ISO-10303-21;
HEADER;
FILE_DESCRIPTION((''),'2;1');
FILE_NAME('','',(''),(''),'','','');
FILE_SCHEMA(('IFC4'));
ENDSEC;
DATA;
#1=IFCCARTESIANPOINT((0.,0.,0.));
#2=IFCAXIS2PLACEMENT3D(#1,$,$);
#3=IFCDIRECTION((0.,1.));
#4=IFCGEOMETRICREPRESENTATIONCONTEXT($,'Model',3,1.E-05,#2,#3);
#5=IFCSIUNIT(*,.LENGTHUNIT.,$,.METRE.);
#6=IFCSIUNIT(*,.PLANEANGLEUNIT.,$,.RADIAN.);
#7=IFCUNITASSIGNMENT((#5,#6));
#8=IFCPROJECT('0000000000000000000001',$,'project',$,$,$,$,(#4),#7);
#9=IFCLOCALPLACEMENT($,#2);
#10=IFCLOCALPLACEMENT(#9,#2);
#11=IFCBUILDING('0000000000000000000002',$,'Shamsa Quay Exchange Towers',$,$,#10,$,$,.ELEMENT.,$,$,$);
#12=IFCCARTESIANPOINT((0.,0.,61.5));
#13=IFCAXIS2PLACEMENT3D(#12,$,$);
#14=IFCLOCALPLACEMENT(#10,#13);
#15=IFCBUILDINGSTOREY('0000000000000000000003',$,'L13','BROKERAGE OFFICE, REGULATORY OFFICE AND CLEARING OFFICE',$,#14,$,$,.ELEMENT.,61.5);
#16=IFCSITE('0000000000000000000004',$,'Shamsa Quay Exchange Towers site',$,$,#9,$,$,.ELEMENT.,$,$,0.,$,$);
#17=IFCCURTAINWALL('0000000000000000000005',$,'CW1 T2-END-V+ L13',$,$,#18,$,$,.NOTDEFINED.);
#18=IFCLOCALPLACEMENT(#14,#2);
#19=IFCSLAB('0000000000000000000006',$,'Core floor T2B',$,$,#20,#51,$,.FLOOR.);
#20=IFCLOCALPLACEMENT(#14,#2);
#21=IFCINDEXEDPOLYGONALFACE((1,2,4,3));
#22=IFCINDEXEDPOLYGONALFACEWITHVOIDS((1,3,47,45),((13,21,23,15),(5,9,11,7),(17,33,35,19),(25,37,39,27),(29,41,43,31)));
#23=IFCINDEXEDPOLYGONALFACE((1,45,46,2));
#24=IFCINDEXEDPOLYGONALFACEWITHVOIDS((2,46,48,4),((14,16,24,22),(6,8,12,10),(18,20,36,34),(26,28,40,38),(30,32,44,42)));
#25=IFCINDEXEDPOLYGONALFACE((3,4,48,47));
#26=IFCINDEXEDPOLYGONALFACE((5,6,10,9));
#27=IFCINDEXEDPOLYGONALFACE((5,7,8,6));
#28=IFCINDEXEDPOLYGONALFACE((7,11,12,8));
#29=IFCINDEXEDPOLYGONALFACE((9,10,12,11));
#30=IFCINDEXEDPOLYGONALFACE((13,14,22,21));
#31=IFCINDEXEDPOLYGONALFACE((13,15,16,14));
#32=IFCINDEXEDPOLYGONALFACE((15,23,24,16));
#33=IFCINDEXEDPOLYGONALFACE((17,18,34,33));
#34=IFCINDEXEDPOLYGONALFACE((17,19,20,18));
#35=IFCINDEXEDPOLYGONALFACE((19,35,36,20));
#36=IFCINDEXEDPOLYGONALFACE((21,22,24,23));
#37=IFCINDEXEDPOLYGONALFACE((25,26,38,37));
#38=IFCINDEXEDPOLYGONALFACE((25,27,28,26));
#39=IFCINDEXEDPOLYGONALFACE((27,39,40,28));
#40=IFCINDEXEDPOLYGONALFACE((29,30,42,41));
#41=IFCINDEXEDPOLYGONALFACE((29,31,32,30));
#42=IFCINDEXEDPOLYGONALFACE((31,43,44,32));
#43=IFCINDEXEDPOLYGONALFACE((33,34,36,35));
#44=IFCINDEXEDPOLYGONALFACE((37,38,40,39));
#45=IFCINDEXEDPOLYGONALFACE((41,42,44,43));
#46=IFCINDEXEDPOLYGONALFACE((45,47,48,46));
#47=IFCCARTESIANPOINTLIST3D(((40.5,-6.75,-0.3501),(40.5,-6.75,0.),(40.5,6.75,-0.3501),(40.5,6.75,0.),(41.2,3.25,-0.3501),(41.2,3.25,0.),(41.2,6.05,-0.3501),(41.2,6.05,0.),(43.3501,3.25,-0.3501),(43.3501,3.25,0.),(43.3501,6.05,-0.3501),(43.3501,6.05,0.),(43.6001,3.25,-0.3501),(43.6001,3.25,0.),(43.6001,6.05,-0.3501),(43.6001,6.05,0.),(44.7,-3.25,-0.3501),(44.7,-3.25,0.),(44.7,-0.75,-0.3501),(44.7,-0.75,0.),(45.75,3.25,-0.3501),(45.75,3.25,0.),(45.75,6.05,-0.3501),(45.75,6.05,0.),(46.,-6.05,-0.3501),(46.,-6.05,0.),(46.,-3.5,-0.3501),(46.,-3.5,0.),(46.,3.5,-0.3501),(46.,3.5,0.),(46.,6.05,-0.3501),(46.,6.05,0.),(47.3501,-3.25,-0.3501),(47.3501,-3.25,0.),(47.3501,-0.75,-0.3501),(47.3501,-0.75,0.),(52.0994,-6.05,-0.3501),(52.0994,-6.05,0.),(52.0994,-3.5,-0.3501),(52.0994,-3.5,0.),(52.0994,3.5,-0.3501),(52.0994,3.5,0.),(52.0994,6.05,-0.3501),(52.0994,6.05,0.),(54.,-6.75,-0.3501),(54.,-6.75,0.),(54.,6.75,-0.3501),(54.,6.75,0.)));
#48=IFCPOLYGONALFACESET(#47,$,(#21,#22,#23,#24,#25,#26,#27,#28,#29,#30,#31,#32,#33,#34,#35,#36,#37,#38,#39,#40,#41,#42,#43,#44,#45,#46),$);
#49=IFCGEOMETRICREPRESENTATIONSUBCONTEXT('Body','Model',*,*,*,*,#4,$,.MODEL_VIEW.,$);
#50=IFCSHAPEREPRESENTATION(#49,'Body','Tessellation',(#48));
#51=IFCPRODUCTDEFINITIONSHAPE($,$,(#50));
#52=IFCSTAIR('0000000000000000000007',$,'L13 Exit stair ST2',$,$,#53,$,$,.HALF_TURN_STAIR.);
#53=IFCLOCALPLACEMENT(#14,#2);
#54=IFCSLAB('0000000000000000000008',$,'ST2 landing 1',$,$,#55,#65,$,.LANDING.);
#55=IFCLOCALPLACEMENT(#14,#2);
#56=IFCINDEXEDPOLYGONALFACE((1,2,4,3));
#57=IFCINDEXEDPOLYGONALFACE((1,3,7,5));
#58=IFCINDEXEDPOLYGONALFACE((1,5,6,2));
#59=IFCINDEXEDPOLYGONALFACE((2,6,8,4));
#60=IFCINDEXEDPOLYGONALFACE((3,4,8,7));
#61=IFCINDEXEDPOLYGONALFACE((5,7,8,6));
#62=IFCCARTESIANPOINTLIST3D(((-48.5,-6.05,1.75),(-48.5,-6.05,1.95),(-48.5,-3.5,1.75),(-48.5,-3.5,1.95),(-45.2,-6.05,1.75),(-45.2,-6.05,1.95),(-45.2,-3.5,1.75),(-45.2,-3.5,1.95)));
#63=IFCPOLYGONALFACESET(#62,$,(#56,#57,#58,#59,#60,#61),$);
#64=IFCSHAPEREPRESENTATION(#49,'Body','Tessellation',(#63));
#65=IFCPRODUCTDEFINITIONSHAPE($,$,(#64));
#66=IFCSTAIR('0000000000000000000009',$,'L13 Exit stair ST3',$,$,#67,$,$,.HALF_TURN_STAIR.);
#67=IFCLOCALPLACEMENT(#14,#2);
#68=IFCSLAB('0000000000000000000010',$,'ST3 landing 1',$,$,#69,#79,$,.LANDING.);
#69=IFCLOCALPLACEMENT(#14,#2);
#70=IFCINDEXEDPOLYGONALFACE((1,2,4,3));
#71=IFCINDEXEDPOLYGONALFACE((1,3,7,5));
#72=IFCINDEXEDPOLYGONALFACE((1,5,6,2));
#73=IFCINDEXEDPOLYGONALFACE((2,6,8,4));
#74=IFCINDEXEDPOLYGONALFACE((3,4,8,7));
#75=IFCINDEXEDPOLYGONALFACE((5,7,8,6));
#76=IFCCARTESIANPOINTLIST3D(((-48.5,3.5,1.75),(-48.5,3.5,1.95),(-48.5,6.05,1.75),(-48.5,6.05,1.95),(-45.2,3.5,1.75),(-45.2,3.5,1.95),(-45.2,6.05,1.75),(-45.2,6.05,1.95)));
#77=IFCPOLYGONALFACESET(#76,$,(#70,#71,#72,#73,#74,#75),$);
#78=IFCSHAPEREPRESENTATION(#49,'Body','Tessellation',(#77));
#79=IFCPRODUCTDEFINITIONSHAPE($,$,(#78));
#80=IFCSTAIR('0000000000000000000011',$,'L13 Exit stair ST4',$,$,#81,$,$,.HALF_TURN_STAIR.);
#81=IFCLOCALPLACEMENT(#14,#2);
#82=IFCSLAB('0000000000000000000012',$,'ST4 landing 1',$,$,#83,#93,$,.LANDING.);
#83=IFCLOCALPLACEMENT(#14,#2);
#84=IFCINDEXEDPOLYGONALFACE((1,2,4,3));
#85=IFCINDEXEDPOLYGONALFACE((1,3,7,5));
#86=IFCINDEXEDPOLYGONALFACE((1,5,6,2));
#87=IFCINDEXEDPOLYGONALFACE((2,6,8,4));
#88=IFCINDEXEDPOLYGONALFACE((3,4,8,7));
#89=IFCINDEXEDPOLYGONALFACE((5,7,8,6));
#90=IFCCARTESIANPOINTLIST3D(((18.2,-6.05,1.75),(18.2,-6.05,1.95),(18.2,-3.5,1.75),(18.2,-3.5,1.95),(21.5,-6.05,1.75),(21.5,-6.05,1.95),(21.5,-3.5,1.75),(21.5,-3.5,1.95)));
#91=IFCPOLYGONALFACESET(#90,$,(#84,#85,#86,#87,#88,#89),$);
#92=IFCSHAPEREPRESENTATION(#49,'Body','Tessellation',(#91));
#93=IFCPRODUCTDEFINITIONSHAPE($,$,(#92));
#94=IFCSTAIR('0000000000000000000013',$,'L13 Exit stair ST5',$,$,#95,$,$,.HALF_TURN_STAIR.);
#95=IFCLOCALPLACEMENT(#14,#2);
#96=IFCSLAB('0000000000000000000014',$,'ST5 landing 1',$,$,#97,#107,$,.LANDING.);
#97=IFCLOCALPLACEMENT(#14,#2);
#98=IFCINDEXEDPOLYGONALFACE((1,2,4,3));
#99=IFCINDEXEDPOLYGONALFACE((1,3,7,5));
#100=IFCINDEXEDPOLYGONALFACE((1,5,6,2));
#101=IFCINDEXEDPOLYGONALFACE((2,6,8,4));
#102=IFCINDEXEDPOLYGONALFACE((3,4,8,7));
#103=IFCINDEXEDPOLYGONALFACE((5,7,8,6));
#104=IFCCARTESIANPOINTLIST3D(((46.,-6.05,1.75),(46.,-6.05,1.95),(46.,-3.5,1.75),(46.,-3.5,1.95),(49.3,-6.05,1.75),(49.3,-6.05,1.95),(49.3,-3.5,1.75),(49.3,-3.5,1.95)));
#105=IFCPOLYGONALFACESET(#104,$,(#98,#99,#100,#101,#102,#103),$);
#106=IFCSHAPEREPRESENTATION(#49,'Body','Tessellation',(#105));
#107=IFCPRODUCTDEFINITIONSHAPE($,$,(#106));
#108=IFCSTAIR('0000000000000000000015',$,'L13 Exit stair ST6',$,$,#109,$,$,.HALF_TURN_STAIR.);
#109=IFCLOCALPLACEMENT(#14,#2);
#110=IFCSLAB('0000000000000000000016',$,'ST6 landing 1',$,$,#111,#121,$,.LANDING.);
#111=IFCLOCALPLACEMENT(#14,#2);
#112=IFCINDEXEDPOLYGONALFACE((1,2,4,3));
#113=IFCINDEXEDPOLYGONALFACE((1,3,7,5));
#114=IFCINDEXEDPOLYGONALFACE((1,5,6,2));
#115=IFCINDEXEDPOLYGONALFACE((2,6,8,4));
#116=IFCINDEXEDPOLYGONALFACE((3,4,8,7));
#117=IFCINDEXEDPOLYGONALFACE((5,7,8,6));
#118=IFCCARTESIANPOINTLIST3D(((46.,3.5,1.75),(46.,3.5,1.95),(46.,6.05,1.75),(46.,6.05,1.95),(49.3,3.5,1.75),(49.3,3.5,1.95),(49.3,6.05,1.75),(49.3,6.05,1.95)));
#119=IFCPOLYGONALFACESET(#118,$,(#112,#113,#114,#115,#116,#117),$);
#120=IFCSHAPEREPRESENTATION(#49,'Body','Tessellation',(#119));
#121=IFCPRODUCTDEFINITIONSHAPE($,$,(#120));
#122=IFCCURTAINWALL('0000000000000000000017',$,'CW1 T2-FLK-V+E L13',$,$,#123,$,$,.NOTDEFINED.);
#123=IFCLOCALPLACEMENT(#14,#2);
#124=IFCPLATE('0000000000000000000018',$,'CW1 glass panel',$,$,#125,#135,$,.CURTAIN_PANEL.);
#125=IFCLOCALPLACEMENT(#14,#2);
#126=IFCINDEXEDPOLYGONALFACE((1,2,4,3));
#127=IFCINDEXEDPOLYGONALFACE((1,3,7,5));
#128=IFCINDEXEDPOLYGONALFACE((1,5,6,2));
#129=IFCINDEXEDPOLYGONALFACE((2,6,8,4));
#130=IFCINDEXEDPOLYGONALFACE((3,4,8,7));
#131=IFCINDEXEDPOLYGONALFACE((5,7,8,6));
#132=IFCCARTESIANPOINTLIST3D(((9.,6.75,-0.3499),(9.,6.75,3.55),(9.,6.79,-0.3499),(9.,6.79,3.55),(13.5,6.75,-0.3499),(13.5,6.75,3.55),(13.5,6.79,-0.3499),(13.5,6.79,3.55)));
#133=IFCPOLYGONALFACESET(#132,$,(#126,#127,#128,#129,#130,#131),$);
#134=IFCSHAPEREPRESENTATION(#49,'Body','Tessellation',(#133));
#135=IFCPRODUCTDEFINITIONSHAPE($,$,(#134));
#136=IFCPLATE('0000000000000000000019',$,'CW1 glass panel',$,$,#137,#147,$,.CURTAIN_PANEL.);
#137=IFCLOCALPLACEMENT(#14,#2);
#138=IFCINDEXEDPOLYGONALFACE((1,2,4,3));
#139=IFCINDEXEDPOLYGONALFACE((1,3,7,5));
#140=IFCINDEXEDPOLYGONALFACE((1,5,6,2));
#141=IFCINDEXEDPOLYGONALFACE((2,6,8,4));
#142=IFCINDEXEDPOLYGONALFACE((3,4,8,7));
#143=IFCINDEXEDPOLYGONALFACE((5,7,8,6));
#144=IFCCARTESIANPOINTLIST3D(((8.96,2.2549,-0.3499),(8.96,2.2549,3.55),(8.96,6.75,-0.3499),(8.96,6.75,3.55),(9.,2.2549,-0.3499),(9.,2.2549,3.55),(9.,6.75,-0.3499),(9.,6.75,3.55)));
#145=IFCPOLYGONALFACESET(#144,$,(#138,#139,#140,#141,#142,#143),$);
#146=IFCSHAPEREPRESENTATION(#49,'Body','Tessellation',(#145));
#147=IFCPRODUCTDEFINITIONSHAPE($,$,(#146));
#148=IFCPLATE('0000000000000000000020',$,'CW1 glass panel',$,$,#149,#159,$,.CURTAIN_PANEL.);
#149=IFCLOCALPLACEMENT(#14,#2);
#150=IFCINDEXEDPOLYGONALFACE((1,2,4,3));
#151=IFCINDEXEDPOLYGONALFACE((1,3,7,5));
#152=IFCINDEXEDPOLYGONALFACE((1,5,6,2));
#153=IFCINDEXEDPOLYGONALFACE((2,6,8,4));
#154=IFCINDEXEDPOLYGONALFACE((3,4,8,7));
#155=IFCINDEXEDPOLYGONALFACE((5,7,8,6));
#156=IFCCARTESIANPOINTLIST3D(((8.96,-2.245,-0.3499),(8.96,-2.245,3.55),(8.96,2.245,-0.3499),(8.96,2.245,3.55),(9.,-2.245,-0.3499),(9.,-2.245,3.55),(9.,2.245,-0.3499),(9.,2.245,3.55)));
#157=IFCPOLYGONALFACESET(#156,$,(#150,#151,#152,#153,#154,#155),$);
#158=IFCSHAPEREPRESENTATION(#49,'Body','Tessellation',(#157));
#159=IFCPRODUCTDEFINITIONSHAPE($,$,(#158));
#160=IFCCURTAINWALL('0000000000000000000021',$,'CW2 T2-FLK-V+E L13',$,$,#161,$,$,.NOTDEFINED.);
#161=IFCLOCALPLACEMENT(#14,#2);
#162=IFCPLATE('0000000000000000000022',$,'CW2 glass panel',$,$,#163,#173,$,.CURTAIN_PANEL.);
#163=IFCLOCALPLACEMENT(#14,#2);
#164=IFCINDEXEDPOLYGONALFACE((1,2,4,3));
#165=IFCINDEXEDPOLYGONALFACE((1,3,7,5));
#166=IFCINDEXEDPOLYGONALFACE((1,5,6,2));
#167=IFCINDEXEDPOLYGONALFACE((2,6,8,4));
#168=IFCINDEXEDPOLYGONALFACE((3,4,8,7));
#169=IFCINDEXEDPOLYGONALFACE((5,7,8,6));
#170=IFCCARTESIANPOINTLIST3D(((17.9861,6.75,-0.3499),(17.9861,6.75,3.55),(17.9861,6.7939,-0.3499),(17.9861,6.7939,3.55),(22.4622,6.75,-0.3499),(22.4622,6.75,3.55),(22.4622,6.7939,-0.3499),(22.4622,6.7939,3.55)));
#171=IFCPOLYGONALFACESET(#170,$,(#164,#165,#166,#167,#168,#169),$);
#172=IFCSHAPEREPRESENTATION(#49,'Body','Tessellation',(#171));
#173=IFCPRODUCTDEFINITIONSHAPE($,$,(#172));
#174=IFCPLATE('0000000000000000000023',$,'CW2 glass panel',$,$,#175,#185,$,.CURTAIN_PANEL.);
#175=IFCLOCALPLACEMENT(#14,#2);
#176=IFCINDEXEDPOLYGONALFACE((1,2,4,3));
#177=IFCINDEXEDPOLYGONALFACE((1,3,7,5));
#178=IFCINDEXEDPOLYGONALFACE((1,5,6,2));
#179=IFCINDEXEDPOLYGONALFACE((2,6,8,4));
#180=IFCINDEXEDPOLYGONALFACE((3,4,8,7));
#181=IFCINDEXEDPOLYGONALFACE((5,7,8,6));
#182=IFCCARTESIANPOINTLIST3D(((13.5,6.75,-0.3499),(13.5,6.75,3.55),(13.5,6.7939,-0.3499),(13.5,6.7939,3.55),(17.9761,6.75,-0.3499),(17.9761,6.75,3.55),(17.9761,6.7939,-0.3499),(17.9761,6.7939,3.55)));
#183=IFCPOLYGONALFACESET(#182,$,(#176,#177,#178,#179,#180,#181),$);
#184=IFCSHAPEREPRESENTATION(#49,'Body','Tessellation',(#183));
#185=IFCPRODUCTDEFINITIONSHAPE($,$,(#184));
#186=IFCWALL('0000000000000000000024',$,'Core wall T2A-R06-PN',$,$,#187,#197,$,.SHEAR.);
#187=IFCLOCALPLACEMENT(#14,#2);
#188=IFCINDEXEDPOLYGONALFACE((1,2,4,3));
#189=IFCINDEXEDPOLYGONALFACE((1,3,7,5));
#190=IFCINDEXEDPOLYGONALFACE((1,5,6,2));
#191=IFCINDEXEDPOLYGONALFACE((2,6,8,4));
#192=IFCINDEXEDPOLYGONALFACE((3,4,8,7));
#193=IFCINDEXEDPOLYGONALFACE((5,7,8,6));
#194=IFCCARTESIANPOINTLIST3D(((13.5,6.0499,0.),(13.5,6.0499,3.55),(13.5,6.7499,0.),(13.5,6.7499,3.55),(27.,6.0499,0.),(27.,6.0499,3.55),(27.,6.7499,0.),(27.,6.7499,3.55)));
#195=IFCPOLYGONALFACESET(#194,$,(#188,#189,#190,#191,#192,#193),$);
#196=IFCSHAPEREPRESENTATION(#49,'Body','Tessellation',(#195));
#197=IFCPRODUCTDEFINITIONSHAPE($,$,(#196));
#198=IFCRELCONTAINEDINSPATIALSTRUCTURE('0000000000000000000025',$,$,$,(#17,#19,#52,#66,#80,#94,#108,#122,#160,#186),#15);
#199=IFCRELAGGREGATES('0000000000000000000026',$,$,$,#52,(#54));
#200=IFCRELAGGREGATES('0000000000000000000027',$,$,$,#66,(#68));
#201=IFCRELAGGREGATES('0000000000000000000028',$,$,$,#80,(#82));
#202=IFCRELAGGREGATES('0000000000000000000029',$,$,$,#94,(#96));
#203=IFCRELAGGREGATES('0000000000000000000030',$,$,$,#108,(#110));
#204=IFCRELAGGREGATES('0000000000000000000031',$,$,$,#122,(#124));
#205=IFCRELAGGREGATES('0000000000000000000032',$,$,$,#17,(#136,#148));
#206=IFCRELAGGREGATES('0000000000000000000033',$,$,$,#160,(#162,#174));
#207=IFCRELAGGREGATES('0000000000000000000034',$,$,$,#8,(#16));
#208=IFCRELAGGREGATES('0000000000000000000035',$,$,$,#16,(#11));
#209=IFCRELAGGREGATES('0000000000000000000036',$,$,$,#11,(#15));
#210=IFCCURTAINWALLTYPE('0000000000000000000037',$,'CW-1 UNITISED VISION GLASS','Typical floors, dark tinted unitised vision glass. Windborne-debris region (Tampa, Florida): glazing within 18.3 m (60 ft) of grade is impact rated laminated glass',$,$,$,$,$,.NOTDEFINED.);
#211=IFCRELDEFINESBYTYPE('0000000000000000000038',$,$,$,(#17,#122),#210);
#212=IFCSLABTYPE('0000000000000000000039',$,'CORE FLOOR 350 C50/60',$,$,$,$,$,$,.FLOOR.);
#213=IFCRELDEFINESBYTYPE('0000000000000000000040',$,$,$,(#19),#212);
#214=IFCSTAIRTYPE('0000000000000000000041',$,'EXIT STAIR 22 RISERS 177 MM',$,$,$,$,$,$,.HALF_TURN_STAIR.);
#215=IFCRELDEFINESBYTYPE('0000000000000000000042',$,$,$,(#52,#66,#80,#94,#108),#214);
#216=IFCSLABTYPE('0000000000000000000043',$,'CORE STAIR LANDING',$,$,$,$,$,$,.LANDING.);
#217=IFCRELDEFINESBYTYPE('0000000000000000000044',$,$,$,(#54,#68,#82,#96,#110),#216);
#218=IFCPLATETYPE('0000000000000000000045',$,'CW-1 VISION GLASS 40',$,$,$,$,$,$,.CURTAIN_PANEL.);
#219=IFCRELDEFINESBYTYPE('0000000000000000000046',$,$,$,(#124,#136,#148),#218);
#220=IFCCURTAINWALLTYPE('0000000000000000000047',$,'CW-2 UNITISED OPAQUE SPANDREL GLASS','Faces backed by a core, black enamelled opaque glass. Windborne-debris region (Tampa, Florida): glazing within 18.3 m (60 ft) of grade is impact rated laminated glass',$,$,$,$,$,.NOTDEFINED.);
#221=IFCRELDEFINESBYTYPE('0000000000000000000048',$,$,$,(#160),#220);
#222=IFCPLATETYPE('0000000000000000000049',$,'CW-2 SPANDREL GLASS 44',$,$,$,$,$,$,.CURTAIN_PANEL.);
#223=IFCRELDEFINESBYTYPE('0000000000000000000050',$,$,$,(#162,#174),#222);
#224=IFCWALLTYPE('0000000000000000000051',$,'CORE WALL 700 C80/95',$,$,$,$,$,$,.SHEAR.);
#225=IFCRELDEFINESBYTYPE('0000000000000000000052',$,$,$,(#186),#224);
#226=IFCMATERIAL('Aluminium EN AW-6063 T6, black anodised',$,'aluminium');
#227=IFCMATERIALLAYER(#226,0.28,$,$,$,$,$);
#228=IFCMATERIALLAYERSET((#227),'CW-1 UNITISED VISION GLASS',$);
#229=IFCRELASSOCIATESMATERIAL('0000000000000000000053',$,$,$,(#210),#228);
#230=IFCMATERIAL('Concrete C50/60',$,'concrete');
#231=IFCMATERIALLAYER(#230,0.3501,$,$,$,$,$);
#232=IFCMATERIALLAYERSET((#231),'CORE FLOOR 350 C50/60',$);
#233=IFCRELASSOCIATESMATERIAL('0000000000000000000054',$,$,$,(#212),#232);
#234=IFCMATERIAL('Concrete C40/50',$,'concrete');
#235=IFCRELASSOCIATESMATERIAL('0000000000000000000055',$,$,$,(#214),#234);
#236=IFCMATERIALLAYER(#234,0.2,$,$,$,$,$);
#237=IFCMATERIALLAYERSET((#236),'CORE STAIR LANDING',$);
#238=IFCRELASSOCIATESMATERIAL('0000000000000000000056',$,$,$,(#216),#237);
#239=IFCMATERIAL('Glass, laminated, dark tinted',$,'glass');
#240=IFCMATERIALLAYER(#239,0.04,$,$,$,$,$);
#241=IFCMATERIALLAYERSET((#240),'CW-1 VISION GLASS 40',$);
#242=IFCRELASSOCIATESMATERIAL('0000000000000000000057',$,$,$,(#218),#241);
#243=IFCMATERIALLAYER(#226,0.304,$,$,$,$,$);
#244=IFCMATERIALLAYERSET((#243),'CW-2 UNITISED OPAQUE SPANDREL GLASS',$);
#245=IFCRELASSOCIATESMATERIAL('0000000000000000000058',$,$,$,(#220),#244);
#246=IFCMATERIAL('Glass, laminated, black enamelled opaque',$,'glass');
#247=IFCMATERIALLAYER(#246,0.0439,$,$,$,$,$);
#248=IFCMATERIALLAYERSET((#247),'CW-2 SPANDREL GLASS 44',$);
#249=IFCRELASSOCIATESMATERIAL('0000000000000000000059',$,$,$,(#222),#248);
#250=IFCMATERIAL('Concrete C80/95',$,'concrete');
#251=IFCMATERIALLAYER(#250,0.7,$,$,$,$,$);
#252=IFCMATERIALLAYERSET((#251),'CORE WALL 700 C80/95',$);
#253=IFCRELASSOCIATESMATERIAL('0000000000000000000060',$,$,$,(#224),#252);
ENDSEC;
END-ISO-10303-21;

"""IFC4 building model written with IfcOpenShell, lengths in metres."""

from ifc_helpers import new_model, si_unit, direction, frame, frame_2d, origin, origin_2d, place, context, subcontext, project, spatial, polyline, rectangle, outline, extrude, material, layer, layer_set, type_object, element, aggregate, save


model = new_model("IFC4")

# Units and contexts
model_context = context("Model", 3, precision=1e-05, world=origin(), true_north=direction((0.0, 1.0)))
body_context = subcontext(model_context, "Body", "Model", "MODEL_VIEW")
ifc_project = project(units=[si_unit("LENGTHUNIT", "METRE"), si_unit("PLANEANGLEUNIT", "RADIAN")], contexts=[model_context])

# Site, building, storey
site_placement = place(None, origin())
site = spatial("IfcSite", under=ifc_project, at=site_placement, Name="Shamsa Quay Exchange Towers site", CompositionType="ELEMENT", RefElevation=0.0)
building_placement = place(site_placement, origin())
building = spatial("IfcBuilding", under=site, at=building_placement, Name="Shamsa Quay Exchange Towers", CompositionType="ELEMENT")
storey_placement = place(building_placement, frame((0.0, 0.0, 61.5)))
storey = spatial("IfcBuildingStorey", under=building, at=storey_placement, Name="L13", Description="BROKERAGE OFFICE, REGULATORY OFFICE AND CLEARING OFFICE", CompositionType="ELEMENT", Elevation=61.5)

# Curtain wall
ifc_material_1 = material(Name="Aluminium EN AW-6063 T6, black anodised", Category="aluminium")
ifc_layer_1 = layer(ifc_material_1, 0.28)
ifc_layer_set_1 = layer_set([ifc_layer_1], Name="CW-1 UNITISED VISION GLASS")
curtain_wall_type_1 = type_object("IfcCurtainWallType", Name="CW-1 UNITISED VISION GLASS", Description="Typical floors, dark tinted unitised vision glass. Windborne-debris region (Tampa, Florida): glazing within 18.3 m (60 ft) of grade is impact rated laminated glass", PredefinedType="NOTDEFINED", material=ifc_layer_set_1)
curtain_wall_1_placement = place(storey_placement, origin())
curtain_wall_1 = element("IfcCurtainWall", 1, at=curtain_wall_1_placement, inside=storey, type_object=curtain_wall_type_1, Name="CW1 T2-END-V+ L13", PredefinedType="NOTDEFINED")

# Slab
ifc_material_2 = material(Name="Concrete C50/60", Category="concrete")
ifc_layer_2 = layer(ifc_material_2, 0.3501)
ifc_layer_set_2 = layer_set([ifc_layer_2], Name="CORE FLOOR 350 C50/60")
slab_type_1 = type_object("IfcSlabType", Name="CORE FLOOR 350 C50/60", PredefinedType="FLOOR", material=ifc_layer_set_2)
slab_1_placement = place(storey_placement, frame((0.0, 0.0, -0.3501)))
element("IfcSlab", 2, at=slab_1_placement, inside=storey, type_object=slab_type_1, Name="Core floor T2B", PredefinedType="FLOOR", context=body_context, shape_type="SweptSolid", body=[
    extrude(outline(polyline([(54.0, -6.75), (54.0, 6.75), (40.5, 6.75), (40.5, -6.75), (54.0, -6.75)]), holes=[polyline([(52.0994, -3.5), (52.0994, -6.05), (46.0, -6.05), (46.0, -3.5), (52.0994, -3.5)]), polyline([(52.0994, 6.05), (52.0994, 3.5), (46.0, 3.5), (46.0, 6.05), (52.0994, 6.05)]), polyline([(45.75, 3.25), (43.6001, 3.25), (43.6001, 6.05), (45.75, 6.05), (45.75, 3.25)]), polyline([(43.3501, 3.25), (41.2, 3.25), (41.2, 6.05), (43.3501, 6.05), (43.3501, 3.25)]), polyline([(47.3501, -3.25), (44.7, -3.25), (44.7, -0.75), (47.3501, -0.75), (47.3501, -3.25)])]), origin(), (0.0, 0.0, 1.0), 0.3501),
])

# Stairs, slabs
ifc_material_3 = material(Name="Concrete C40/50", Category="concrete")
stair_type = type_object("IfcStairType", Name="EXIT STAIR 22 RISERS 177 MM", PredefinedType="HALF_TURN_STAIR", material=ifc_material_3)
stair_1_placement = place(storey_placement, origin())
stair_1 = element("IfcStair", 3, at=stair_1_placement, inside=storey, type_object=stair_type, Name="L13 Exit stair ST2", PredefinedType="HALF_TURN_STAIR")
ifc_layer_3 = layer(ifc_material_3, 0.2)
ifc_layer_set_3 = layer_set([ifc_layer_3], Name="CORE STAIR LANDING")
slab_type_2 = type_object("IfcSlabType", Name="CORE STAIR LANDING", PredefinedType="LANDING", material=ifc_layer_set_3)
slab_2_placement = place(storey_placement, frame((0.0, 0.0, 1.75)))
slab_2 = element("IfcSlab", 4, at=slab_2_placement, type_object=slab_type_2, Name="ST2 landing 1", PredefinedType="LANDING", context=body_context, shape_type="SweptSolid", body=[
    extrude(outline(polyline([(-45.2, -3.5), (-48.5, -3.5), (-48.5, -6.05), (-45.2, -6.05), (-45.2, -3.5)])), origin(), (0.0, 0.0, 1.0), 0.2),
])
aggregate(stair_1, [slab_2])
stair_2_placement = place(storey_placement, origin())
stair_2 = element("IfcStair", 5, at=stair_2_placement, inside=storey, type_object=stair_type, Name="L13 Exit stair ST3", PredefinedType="HALF_TURN_STAIR")
slab_3_placement = place(storey_placement, frame((0.0, 0.0, 1.75)))
slab_3 = element("IfcSlab", 6, at=slab_3_placement, type_object=slab_type_2, Name="ST3 landing 1", PredefinedType="LANDING", context=body_context, shape_type="SweptSolid", body=[
    extrude(outline(polyline([(-45.2, 6.05), (-48.5, 6.05), (-48.5, 3.5), (-45.2, 3.5), (-45.2, 6.05)])), origin(), (0.0, 0.0, 1.0), 0.2),
])
aggregate(stair_2, [slab_3])
stair_3_placement = place(storey_placement, origin())
stair_3 = element("IfcStair", 7, at=stair_3_placement, inside=storey, type_object=stair_type, Name="L13 Exit stair ST4", PredefinedType="HALF_TURN_STAIR")
slab_4_placement = place(storey_placement, frame((0.0, 0.0, 1.75)))
slab_4 = element("IfcSlab", 8, at=slab_4_placement, type_object=slab_type_2, Name="ST4 landing 1", PredefinedType="LANDING", context=body_context, shape_type="SweptSolid", body=[
    extrude(outline(polyline([(18.2, -6.05), (21.5, -6.05), (21.5, -3.5), (18.2, -3.5), (18.2, -6.05)])), origin(), (0.0, 0.0, 1.0), 0.2),
])
aggregate(stair_3, [slab_4])
stair_4_placement = place(storey_placement, origin())
stair_4 = element("IfcStair", 9, at=stair_4_placement, inside=storey, type_object=stair_type, Name="L13 Exit stair ST5", PredefinedType="HALF_TURN_STAIR")
slab_5_placement = place(storey_placement, frame((0.0, 0.0, 1.75)))
slab_5 = element("IfcSlab", 10, at=slab_5_placement, type_object=slab_type_2, Name="ST5 landing 1", PredefinedType="LANDING", context=body_context, shape_type="SweptSolid", body=[
    extrude(outline(polyline([(49.3, -3.5), (46.0, -3.5), (46.0, -6.05), (49.3, -6.05), (49.3, -3.5)])), origin(), (0.0, 0.0, 1.0), 0.2),
])
aggregate(stair_4, [slab_5])
stair_5_placement = place(storey_placement, origin())
stair_5 = element("IfcStair", 11, at=stair_5_placement, inside=storey, type_object=stair_type, Name="L13 Exit stair ST6", PredefinedType="HALF_TURN_STAIR")
slab_6_placement = place(storey_placement, frame((0.0, 0.0, 1.75)))
slab_6 = element("IfcSlab", 12, at=slab_6_placement, type_object=slab_type_2, Name="ST6 landing 1", PredefinedType="LANDING", context=body_context, shape_type="SweptSolid", body=[
    extrude(outline(polyline([(49.3, 6.05), (46.0, 6.05), (46.0, 3.5), (49.3, 3.5), (49.3, 6.05)])), origin(), (0.0, 0.0, 1.0), 0.2),
])
aggregate(stair_5, [slab_6])

# Curtain wall, plate
curtain_wall_2_placement = place(storey_placement, origin())
curtain_wall_2 = element("IfcCurtainWall", 13, at=curtain_wall_2_placement, inside=storey, type_object=curtain_wall_type_1, Name="CW1 T2-FLK-V+E L13", PredefinedType="NOTDEFINED")
ifc_material_4 = material(Name="Glass, laminated, dark tinted", Category="glass")
ifc_layer_4 = layer(ifc_material_4, 0.04)
ifc_layer_set_4 = layer_set([ifc_layer_4], Name="CW-1 VISION GLASS 40")
plate_type_1 = type_object("IfcPlateType", Name="CW-1 VISION GLASS 40", PredefinedType="CURTAIN_PANEL", material=ifc_layer_set_4)
plate_1_placement = place(storey_placement, frame((11.25, 6.77, -0.3499), z_axis=(0.0, 0.0, 1.0), x_axis=(-1.0, 0.0, 0.0)))
plate_1 = element("IfcPlate", 14, at=plate_1_placement, type_object=plate_type_1, Name="CW1 glass panel", PredefinedType="CURTAIN_PANEL", context=body_context, shape_type="SweptSolid", body=[
    extrude(rectangle(XDim=4.5, YDim=0.04, at=origin_2d()), origin(), (0.0, 0.0, 1.0), 3.8999),
])
aggregate(curtain_wall_2, [plate_1])

# Plates
plate_2_placement = place(storey_placement, frame((8.98, 4.5024, -0.3499), z_axis=(0.0, 0.0, 1.0), x_axis=(0.0, -1.0, 0.0)))
plate_2 = element("IfcPlate", 15, at=plate_2_placement, type_object=plate_type_1, Name="CW1 glass panel", PredefinedType="CURTAIN_PANEL", context=body_context, shape_type="SweptSolid", body=[
    extrude(rectangle(XDim=4.4951, YDim=0.04, at=origin_2d()), origin(), (0.0, 0.0, 1.0), 3.8999),
])
plate_3_placement = place(storey_placement, frame((8.98, 0.0, -0.3499), z_axis=(0.0, 0.0, 1.0), x_axis=(0.0, -1.0, 0.0)))
plate_3 = element("IfcPlate", 16, at=plate_3_placement, type_object=plate_type_1, Name="CW1 glass panel", PredefinedType="CURTAIN_PANEL", context=body_context, shape_type="SweptSolid", body=[
    extrude(rectangle(XDim=4.49, YDim=0.04, at=origin_2d()), origin(), (0.0, 0.0, 1.0), 3.8999),
])
aggregate(curtain_wall_1, [plate_2, plate_3])

# Curtain wall, plates
ifc_layer_5 = layer(ifc_material_1, 0.304)
ifc_layer_set_5 = layer_set([ifc_layer_5], Name="CW-2 UNITISED OPAQUE SPANDREL GLASS")
curtain_wall_type_2 = type_object("IfcCurtainWallType", Name="CW-2 UNITISED OPAQUE SPANDREL GLASS", Description="Faces backed by a core, black enamelled opaque glass. Windborne-debris region (Tampa, Florida): glazing within 18.3 m (60 ft) of grade is impact rated laminated glass", PredefinedType="NOTDEFINED", material=ifc_layer_set_5)
curtain_wall_3_placement = place(storey_placement, origin())
curtain_wall_3 = element("IfcCurtainWall", 17, at=curtain_wall_3_placement, inside=storey, type_object=curtain_wall_type_2, Name="CW2 T2-FLK-V+E L13", PredefinedType="NOTDEFINED")
ifc_material_5 = material(Name="Glass, laminated, black enamelled opaque", Category="glass")
ifc_layer_6 = layer(ifc_material_5, 0.0439)
ifc_layer_set_6 = layer_set([ifc_layer_6], Name="CW-2 SPANDREL GLASS 44")
plate_type_2 = type_object("IfcPlateType", Name="CW-2 SPANDREL GLASS 44", PredefinedType="CURTAIN_PANEL", material=ifc_layer_set_6)
plate_4_placement = place(storey_placement, frame((20.2241, 6.772, -0.3499), z_axis=(0.0, 0.0, 1.0), x_axis=(-1.0, 0.0, 0.0)))
plate_4 = element("IfcPlate", 18, at=plate_4_placement, type_object=plate_type_2, Name="CW2 glass panel", PredefinedType="CURTAIN_PANEL", context=body_context, shape_type="SweptSolid", body=[
    extrude(rectangle(XDim=4.4761, YDim=0.0439, at=origin_2d()), origin(), (0.0, 0.0, 1.0), 3.8999),
])
plate_5_placement = place(storey_placement, frame((15.738, 6.772, -0.3499), z_axis=(0.0, 0.0, 1.0), x_axis=(-1.0, 0.0, 0.0)))
plate_5 = element("IfcPlate", 19, at=plate_5_placement, type_object=plate_type_2, Name="CW2 glass panel", PredefinedType="CURTAIN_PANEL", context=body_context, shape_type="SweptSolid", body=[
    extrude(rectangle(XDim=4.4761, YDim=0.0439, at=origin_2d()), origin(), (0.0, 0.0, 1.0), 3.8999),
])
aggregate(curtain_wall_3, [plate_4, plate_5])

# Wall
ifc_material_6 = material(Name="Concrete C80/95", Category="concrete")
ifc_layer_7 = layer(ifc_material_6, 0.7)
ifc_layer_set_7 = layer_set([ifc_layer_7], Name="CORE WALL 700 C80/95")
wall_type_1 = type_object("IfcWallType", Name="CORE WALL 700 C80/95", PredefinedType="SHEAR", material=ifc_layer_set_7)
wall_1_placement = place(storey_placement, frame((13.5, 6.3999, 0.0)))
element("IfcWall", 20, at=wall_1_placement, inside=storey, type_object=wall_type_1, Name="Core wall T2A-R06-PN", PredefinedType="SHEAR", context=body_context, shape_type="SweptSolid", body=[
    extrude(rectangle(XDim=13.5, YDim=0.7, at=frame_2d((6.75, 0.0))), origin(), (0.0, 0.0, 1.0), 3.55),
])

save(model, "model.ifc")
